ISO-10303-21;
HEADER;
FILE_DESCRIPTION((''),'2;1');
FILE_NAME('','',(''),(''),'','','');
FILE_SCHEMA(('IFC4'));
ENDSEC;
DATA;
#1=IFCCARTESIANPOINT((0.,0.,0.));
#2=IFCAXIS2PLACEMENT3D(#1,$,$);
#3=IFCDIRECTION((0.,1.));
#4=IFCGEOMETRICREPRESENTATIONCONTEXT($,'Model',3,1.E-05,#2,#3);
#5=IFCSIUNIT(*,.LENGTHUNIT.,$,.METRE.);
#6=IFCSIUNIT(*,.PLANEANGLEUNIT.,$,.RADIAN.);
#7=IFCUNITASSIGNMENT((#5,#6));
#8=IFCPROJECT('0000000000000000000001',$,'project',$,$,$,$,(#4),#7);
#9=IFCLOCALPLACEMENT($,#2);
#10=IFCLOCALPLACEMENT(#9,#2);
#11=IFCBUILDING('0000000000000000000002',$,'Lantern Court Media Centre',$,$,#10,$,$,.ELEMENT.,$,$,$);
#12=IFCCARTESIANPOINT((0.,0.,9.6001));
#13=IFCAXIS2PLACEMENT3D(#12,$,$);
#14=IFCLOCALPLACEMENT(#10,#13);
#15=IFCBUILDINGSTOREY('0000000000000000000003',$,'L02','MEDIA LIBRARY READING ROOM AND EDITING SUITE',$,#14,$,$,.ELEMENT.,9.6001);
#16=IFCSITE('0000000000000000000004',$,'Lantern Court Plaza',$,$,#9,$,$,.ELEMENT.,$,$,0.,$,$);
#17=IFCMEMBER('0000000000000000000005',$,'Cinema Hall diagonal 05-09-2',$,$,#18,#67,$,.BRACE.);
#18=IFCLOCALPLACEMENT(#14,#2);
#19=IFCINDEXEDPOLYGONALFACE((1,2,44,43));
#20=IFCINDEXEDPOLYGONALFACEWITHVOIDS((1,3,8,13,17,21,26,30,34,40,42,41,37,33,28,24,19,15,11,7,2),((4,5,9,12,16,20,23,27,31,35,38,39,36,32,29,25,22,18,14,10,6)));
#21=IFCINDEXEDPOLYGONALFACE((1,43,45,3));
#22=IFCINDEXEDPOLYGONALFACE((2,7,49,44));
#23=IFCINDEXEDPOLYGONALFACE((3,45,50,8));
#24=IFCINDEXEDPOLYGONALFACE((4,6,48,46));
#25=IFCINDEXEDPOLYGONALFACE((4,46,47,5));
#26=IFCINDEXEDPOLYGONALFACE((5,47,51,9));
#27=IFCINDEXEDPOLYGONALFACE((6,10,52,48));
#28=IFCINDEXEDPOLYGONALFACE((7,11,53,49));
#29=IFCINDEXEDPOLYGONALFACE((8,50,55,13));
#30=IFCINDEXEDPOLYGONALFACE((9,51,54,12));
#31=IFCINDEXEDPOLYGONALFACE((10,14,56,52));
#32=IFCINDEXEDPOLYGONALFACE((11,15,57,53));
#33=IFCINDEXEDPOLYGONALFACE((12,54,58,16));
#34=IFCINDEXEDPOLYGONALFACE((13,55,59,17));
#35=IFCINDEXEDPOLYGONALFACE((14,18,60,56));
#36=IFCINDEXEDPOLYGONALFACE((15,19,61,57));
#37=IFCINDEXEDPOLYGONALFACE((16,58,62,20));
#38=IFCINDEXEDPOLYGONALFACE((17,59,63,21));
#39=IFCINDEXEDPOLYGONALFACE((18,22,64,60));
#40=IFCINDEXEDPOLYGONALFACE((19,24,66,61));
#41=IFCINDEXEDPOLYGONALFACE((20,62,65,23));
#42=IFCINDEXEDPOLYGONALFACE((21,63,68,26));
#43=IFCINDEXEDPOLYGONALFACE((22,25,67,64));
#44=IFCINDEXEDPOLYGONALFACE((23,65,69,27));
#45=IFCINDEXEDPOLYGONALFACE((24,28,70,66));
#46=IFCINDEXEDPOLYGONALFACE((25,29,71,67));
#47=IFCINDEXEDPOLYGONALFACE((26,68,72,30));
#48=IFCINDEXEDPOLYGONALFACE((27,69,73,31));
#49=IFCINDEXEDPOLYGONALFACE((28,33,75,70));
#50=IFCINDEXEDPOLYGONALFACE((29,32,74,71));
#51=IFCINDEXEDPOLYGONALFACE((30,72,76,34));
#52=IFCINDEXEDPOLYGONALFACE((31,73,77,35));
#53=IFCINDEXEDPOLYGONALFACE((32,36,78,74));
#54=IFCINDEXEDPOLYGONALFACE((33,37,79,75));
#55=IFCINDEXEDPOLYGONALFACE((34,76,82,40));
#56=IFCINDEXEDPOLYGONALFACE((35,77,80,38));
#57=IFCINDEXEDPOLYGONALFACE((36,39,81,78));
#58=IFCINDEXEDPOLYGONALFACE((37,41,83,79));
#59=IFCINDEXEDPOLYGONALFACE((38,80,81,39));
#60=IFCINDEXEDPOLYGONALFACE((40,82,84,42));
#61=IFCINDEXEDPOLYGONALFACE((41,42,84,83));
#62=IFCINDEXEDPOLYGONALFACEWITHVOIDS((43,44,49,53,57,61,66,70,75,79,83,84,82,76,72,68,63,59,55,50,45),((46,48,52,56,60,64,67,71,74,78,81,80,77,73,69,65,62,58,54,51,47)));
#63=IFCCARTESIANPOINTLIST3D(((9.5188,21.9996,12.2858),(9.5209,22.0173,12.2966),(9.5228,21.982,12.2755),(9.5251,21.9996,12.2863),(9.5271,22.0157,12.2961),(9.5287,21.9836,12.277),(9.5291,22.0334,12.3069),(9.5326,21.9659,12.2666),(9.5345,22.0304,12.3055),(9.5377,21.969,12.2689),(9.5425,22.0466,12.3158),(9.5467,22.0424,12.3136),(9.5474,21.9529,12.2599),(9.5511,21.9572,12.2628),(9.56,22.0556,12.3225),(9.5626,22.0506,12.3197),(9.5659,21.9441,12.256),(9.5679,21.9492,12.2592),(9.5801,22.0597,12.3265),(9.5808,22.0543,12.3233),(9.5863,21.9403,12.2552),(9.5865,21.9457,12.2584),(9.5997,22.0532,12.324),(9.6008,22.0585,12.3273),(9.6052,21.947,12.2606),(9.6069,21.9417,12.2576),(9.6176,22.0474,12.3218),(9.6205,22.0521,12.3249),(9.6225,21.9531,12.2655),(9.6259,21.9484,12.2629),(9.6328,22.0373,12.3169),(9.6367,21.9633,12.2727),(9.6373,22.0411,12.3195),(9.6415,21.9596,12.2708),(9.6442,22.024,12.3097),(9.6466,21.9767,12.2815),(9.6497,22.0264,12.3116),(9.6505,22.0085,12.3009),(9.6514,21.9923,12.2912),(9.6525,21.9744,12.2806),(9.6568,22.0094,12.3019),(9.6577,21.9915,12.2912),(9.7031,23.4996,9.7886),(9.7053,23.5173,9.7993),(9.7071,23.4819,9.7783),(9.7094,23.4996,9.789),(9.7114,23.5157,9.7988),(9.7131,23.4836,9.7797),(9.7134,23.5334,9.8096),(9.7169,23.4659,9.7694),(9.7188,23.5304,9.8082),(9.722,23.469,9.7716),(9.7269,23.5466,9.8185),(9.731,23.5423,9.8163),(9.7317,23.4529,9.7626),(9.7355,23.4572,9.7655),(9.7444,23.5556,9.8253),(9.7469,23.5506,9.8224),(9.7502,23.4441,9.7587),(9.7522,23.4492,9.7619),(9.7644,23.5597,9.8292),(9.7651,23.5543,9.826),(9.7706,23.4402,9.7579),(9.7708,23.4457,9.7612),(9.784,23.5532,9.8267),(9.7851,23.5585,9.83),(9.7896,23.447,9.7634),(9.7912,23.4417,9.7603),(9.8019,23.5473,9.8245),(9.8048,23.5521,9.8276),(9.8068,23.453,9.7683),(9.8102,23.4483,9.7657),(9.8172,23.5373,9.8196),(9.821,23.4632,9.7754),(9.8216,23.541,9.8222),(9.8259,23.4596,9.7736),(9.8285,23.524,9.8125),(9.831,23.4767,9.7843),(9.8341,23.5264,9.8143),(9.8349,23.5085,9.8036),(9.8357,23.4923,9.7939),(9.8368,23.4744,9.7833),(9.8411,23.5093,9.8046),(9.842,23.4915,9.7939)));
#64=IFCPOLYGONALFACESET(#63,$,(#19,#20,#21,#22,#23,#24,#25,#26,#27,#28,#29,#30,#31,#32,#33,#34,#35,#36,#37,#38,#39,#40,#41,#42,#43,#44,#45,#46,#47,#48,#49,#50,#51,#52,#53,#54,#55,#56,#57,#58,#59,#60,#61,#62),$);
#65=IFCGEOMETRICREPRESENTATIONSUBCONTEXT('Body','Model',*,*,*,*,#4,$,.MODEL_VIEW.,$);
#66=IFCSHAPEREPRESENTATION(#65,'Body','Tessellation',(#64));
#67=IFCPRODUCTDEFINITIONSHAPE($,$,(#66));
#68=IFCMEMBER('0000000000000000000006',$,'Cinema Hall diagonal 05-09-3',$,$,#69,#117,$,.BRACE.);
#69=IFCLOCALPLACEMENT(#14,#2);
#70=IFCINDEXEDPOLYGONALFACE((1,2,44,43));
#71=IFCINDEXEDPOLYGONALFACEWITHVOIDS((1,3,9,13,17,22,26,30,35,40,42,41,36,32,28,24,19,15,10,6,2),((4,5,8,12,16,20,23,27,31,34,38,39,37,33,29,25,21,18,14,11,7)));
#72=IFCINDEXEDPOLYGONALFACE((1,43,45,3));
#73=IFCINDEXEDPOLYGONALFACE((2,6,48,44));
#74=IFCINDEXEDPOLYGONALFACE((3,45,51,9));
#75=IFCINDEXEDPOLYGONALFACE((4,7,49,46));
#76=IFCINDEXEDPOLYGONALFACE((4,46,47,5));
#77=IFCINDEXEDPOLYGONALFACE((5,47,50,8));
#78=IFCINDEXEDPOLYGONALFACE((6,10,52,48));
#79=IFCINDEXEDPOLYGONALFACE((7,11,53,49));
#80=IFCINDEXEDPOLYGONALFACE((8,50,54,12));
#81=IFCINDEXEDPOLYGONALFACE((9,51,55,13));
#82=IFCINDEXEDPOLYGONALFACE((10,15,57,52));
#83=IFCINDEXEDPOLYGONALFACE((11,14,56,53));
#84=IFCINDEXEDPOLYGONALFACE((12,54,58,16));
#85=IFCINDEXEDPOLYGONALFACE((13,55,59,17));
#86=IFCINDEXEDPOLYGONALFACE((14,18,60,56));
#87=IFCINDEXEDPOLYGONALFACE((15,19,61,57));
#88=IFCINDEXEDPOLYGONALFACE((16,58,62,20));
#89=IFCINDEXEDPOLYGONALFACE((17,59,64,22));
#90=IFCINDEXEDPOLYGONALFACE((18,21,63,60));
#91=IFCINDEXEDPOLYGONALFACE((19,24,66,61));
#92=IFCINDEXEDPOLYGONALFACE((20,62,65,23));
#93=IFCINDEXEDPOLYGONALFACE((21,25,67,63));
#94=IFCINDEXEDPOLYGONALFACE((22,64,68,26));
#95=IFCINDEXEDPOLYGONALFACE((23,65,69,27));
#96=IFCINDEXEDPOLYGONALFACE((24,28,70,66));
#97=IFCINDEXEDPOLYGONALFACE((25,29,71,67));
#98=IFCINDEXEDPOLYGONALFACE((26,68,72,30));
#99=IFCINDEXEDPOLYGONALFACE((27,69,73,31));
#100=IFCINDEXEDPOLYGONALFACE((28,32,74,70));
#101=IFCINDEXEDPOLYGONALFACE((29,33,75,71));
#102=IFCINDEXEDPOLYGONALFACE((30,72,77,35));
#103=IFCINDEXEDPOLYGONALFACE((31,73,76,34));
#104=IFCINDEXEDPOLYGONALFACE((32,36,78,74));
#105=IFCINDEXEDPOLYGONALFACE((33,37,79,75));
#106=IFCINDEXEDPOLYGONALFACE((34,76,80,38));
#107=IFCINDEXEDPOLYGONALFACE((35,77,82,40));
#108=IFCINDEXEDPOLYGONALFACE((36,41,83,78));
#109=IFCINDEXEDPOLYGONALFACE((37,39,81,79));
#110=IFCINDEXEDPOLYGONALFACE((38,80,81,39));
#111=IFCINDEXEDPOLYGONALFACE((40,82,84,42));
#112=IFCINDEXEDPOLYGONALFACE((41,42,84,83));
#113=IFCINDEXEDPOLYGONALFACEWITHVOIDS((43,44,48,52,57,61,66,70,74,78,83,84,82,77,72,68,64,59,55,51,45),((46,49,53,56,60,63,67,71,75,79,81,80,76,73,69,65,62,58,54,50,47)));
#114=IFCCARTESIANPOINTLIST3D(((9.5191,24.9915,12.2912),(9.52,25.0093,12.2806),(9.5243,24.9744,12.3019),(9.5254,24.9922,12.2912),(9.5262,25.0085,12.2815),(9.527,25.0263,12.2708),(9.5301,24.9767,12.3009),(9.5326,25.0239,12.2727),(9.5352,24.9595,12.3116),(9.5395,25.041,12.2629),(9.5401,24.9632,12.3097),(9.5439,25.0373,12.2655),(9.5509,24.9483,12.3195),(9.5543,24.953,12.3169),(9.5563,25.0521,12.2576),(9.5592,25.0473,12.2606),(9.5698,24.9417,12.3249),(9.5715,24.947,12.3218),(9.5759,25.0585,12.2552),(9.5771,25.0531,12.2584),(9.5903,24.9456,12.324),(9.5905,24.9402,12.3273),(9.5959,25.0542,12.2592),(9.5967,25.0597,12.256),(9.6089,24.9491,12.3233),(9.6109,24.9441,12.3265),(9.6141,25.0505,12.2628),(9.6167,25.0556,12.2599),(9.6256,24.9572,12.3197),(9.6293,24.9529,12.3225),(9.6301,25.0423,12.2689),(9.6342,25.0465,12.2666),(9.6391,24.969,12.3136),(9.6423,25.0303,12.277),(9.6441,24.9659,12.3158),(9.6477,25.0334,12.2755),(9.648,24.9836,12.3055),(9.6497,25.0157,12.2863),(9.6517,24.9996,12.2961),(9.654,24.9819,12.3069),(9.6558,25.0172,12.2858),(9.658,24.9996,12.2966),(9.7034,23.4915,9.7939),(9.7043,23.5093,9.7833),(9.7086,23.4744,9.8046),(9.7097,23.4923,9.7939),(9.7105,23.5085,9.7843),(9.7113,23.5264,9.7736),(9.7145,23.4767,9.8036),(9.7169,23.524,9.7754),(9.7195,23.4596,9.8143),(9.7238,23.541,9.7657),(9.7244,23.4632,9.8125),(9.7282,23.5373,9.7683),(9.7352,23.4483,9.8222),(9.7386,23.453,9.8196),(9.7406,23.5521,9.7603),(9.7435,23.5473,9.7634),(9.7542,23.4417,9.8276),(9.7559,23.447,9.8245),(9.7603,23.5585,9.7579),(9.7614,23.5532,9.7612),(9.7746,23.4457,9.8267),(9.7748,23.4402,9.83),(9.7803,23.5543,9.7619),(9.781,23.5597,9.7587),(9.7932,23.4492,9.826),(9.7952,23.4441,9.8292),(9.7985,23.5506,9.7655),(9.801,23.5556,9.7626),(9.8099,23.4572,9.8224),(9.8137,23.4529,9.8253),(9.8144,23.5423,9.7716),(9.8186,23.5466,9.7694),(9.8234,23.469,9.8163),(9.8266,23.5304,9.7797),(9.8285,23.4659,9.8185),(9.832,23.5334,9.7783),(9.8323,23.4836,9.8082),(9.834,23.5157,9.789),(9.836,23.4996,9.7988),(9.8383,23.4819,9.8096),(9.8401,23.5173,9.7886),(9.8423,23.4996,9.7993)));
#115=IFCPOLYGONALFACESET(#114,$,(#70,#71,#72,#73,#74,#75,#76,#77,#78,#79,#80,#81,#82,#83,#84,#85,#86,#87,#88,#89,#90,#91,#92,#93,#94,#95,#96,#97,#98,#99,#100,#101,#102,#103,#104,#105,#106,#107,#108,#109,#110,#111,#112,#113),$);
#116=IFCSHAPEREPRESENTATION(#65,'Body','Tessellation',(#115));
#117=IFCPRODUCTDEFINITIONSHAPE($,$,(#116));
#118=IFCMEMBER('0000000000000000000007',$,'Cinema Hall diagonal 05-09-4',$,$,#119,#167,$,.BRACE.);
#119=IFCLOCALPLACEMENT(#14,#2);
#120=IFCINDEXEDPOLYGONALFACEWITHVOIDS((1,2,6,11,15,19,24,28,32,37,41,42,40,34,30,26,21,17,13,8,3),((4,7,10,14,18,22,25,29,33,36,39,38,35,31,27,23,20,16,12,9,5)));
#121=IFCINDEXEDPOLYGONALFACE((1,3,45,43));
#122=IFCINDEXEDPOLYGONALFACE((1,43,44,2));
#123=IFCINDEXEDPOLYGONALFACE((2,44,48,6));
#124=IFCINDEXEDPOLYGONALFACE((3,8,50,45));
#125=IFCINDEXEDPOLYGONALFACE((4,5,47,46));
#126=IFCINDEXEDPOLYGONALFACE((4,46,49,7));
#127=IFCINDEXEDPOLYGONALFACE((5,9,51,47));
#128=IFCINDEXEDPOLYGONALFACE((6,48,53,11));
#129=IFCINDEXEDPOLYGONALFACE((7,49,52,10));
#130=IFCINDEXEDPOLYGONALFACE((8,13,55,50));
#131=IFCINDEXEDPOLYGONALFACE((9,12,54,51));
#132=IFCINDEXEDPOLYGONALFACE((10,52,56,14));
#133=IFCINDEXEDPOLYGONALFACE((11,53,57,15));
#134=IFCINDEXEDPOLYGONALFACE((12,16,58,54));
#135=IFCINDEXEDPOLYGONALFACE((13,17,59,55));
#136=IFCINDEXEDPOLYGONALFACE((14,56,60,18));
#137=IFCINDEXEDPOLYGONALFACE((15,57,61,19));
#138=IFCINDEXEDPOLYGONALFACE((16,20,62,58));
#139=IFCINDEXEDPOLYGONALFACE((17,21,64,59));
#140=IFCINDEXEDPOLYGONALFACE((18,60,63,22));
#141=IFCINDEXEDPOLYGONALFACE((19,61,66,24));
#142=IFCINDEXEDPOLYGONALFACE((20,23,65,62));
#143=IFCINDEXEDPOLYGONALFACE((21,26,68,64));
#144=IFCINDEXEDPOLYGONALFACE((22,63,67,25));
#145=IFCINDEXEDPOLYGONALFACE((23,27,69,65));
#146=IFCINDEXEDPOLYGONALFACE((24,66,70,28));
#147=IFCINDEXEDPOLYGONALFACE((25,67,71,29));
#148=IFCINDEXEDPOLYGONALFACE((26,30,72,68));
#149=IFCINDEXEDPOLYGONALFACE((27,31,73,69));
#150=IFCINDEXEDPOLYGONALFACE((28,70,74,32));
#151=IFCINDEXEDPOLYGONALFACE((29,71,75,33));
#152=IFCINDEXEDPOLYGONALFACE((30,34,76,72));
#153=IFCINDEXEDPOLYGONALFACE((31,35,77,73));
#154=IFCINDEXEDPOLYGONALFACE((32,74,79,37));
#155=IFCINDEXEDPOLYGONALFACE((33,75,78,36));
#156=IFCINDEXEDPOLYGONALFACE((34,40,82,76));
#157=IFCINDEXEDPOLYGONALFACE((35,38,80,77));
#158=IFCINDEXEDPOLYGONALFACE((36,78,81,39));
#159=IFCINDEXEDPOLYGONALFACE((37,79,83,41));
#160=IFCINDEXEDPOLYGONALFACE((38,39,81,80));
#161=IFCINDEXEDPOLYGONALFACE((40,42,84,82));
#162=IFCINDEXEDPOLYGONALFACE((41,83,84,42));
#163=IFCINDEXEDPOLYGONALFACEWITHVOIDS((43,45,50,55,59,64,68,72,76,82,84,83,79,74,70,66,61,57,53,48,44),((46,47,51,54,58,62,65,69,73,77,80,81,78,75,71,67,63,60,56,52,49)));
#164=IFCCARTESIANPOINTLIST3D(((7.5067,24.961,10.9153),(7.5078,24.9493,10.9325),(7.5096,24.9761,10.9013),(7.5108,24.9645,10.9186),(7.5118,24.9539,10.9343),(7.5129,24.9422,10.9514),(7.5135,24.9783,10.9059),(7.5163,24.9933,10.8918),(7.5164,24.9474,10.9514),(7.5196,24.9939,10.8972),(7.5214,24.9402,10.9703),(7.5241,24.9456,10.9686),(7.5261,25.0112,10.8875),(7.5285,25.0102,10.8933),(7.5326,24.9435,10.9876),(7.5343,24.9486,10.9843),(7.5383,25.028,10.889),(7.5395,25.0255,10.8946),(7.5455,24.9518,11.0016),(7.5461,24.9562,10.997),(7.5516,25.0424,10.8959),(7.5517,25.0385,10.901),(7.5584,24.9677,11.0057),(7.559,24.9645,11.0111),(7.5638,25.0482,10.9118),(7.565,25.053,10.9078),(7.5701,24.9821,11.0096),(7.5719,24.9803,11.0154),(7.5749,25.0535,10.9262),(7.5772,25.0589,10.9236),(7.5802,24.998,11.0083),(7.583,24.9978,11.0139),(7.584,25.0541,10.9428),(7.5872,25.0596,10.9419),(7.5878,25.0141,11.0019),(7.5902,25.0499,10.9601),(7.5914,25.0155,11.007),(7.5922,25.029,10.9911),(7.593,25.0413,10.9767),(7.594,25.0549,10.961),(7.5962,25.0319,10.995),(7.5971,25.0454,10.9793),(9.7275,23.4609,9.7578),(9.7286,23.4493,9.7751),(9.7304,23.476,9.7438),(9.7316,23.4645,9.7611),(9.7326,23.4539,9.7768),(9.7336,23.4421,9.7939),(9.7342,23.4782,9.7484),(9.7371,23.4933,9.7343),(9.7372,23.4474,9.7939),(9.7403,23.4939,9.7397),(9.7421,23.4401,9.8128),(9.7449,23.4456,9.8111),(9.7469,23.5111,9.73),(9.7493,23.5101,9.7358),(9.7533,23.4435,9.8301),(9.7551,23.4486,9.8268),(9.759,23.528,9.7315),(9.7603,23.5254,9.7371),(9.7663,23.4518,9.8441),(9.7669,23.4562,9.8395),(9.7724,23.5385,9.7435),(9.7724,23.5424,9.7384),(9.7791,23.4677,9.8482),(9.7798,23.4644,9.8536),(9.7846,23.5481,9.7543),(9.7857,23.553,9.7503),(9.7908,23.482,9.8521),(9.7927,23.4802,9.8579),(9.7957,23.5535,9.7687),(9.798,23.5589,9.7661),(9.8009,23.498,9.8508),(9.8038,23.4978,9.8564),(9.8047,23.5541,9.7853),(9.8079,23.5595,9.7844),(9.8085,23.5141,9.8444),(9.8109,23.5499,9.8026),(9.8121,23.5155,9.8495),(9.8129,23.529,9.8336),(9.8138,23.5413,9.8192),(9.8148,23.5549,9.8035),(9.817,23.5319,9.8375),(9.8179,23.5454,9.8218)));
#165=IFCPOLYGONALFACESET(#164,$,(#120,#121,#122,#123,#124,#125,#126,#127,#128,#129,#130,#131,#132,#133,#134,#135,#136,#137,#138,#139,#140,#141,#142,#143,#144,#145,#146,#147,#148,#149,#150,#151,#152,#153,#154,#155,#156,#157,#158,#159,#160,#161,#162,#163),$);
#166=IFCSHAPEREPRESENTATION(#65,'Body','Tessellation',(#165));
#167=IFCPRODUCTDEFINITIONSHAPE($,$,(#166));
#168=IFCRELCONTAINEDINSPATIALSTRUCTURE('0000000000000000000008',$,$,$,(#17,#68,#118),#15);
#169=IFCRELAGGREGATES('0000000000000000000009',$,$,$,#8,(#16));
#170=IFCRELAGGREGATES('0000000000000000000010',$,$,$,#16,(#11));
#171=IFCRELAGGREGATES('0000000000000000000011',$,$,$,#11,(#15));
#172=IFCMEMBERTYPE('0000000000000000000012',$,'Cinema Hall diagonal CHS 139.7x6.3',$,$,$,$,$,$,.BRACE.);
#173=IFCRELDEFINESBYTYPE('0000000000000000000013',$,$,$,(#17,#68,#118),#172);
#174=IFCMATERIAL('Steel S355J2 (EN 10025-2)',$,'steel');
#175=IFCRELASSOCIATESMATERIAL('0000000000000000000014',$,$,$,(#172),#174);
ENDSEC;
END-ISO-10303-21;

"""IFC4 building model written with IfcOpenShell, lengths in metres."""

from ifc_helpers import new_model, si_unit, direction, frame, origin, origin_2d, place, context, subcontext, project, spatial, hollow_circle, extrude, material, material_profile, profile_set, type_object, element, save


model = new_model("IFC4")

# Units and contexts
model_context = context("Model", 3, precision=1e-05, world=origin(), true_north=direction((0.0, 1.0)))
body_context = subcontext(model_context, "Body", "Model", "MODEL_VIEW")
ifc_project = project(units=[si_unit("LENGTHUNIT", "METRE"), si_unit("PLANEANGLEUNIT", "RADIAN")], contexts=[model_context])

# Site, building, storey
site_placement = place(None, origin())
site = spatial("IfcSite", under=ifc_project, at=site_placement, Name="Lantern Court Plaza", CompositionType="ELEMENT", RefElevation=0.0)
building_placement = place(site_placement, origin())
building = spatial("IfcBuilding", under=site, at=building_placement, Name="Lantern Court Media Centre", CompositionType="ELEMENT")
storey_placement = place(building_placement, frame((0.0, 0.0, 9.6001)))
storey = spatial("IfcBuildingStorey", under=building, at=storey_placement, Name="L02", Description="MEDIA LIBRARY READING ROOM AND EDITING SUITE", CompositionType="ELEMENT", Elevation=9.6001)

# Members
ifc_material = material(Name="Steel S355J2 (EN 10025-2)", Category="steel")
ifc_material_profile_1 = material_profile(ifc_material, hollow_circle(Radius=0.0698, WallThickness=0.0063, at=origin_2d()), Name="Cinema Hall diagonal CHS 139.7x6.3")
ifc_profile_set_1 = profile_set([ifc_material_profile_1], Name="Steel S355J2 (EN 10025-2)")
member_type_1 = type_object("IfcMemberType", Name="Cinema Hall diagonal CHS 139.7x6.3", PredefinedType="BRACE", material=ifc_profile_set_1)
for number, where, z_axis, x_axis, name in (
    (1, (9.7727, 23.5, 9.7939), (-0.063147, -0.513875, 0.855538), (0.992534, -0.121967, 0.0), "Cinema Hall diagonal 05-09-2"),
    (2, (9.7727, 23.5, 9.7939), (-0.063147, 0.513875, 0.855538), (-0.992534, -0.121967, 0.0), "Cinema Hall diagonal 05-09-3"),
):
    element("IfcMember", number, at=place(storey_placement, frame(where, z_axis=z_axis, x_axis=x_axis)), inside=storey, type_object=member_type_1, Name=name, PredefinedType="BRACE", context=body_context, shape_type="SweptSolid", body=[
        extrude(hollow_circle(Radius=0.0698, WallThickness=0.0063, at=origin_2d()), origin(), (0.0, 0.0, 1.0), 2.9189),
    ])
member_1_placement = place(storey_placement, frame((9.7727, 23.5, 9.7939), z_axis=(-0.760744, 0.513854, 0.396514), x_axis=(-0.559736, -0.828671, 0.0)))
element("IfcMember", 3, at=member_1_placement, inside=storey, type_object=member_type_1, Name="Cinema Hall diagonal 05-09-4", PredefinedType="BRACE", context=body_context, shape_type="SweptSolid", body=[
    extrude(hollow_circle(Radius=0.0698, WallThickness=0.0063, at=origin_2d()), origin(), (0.0, 0.0, 1.0), 2.9192),
])

save(model, "model.ifc")
